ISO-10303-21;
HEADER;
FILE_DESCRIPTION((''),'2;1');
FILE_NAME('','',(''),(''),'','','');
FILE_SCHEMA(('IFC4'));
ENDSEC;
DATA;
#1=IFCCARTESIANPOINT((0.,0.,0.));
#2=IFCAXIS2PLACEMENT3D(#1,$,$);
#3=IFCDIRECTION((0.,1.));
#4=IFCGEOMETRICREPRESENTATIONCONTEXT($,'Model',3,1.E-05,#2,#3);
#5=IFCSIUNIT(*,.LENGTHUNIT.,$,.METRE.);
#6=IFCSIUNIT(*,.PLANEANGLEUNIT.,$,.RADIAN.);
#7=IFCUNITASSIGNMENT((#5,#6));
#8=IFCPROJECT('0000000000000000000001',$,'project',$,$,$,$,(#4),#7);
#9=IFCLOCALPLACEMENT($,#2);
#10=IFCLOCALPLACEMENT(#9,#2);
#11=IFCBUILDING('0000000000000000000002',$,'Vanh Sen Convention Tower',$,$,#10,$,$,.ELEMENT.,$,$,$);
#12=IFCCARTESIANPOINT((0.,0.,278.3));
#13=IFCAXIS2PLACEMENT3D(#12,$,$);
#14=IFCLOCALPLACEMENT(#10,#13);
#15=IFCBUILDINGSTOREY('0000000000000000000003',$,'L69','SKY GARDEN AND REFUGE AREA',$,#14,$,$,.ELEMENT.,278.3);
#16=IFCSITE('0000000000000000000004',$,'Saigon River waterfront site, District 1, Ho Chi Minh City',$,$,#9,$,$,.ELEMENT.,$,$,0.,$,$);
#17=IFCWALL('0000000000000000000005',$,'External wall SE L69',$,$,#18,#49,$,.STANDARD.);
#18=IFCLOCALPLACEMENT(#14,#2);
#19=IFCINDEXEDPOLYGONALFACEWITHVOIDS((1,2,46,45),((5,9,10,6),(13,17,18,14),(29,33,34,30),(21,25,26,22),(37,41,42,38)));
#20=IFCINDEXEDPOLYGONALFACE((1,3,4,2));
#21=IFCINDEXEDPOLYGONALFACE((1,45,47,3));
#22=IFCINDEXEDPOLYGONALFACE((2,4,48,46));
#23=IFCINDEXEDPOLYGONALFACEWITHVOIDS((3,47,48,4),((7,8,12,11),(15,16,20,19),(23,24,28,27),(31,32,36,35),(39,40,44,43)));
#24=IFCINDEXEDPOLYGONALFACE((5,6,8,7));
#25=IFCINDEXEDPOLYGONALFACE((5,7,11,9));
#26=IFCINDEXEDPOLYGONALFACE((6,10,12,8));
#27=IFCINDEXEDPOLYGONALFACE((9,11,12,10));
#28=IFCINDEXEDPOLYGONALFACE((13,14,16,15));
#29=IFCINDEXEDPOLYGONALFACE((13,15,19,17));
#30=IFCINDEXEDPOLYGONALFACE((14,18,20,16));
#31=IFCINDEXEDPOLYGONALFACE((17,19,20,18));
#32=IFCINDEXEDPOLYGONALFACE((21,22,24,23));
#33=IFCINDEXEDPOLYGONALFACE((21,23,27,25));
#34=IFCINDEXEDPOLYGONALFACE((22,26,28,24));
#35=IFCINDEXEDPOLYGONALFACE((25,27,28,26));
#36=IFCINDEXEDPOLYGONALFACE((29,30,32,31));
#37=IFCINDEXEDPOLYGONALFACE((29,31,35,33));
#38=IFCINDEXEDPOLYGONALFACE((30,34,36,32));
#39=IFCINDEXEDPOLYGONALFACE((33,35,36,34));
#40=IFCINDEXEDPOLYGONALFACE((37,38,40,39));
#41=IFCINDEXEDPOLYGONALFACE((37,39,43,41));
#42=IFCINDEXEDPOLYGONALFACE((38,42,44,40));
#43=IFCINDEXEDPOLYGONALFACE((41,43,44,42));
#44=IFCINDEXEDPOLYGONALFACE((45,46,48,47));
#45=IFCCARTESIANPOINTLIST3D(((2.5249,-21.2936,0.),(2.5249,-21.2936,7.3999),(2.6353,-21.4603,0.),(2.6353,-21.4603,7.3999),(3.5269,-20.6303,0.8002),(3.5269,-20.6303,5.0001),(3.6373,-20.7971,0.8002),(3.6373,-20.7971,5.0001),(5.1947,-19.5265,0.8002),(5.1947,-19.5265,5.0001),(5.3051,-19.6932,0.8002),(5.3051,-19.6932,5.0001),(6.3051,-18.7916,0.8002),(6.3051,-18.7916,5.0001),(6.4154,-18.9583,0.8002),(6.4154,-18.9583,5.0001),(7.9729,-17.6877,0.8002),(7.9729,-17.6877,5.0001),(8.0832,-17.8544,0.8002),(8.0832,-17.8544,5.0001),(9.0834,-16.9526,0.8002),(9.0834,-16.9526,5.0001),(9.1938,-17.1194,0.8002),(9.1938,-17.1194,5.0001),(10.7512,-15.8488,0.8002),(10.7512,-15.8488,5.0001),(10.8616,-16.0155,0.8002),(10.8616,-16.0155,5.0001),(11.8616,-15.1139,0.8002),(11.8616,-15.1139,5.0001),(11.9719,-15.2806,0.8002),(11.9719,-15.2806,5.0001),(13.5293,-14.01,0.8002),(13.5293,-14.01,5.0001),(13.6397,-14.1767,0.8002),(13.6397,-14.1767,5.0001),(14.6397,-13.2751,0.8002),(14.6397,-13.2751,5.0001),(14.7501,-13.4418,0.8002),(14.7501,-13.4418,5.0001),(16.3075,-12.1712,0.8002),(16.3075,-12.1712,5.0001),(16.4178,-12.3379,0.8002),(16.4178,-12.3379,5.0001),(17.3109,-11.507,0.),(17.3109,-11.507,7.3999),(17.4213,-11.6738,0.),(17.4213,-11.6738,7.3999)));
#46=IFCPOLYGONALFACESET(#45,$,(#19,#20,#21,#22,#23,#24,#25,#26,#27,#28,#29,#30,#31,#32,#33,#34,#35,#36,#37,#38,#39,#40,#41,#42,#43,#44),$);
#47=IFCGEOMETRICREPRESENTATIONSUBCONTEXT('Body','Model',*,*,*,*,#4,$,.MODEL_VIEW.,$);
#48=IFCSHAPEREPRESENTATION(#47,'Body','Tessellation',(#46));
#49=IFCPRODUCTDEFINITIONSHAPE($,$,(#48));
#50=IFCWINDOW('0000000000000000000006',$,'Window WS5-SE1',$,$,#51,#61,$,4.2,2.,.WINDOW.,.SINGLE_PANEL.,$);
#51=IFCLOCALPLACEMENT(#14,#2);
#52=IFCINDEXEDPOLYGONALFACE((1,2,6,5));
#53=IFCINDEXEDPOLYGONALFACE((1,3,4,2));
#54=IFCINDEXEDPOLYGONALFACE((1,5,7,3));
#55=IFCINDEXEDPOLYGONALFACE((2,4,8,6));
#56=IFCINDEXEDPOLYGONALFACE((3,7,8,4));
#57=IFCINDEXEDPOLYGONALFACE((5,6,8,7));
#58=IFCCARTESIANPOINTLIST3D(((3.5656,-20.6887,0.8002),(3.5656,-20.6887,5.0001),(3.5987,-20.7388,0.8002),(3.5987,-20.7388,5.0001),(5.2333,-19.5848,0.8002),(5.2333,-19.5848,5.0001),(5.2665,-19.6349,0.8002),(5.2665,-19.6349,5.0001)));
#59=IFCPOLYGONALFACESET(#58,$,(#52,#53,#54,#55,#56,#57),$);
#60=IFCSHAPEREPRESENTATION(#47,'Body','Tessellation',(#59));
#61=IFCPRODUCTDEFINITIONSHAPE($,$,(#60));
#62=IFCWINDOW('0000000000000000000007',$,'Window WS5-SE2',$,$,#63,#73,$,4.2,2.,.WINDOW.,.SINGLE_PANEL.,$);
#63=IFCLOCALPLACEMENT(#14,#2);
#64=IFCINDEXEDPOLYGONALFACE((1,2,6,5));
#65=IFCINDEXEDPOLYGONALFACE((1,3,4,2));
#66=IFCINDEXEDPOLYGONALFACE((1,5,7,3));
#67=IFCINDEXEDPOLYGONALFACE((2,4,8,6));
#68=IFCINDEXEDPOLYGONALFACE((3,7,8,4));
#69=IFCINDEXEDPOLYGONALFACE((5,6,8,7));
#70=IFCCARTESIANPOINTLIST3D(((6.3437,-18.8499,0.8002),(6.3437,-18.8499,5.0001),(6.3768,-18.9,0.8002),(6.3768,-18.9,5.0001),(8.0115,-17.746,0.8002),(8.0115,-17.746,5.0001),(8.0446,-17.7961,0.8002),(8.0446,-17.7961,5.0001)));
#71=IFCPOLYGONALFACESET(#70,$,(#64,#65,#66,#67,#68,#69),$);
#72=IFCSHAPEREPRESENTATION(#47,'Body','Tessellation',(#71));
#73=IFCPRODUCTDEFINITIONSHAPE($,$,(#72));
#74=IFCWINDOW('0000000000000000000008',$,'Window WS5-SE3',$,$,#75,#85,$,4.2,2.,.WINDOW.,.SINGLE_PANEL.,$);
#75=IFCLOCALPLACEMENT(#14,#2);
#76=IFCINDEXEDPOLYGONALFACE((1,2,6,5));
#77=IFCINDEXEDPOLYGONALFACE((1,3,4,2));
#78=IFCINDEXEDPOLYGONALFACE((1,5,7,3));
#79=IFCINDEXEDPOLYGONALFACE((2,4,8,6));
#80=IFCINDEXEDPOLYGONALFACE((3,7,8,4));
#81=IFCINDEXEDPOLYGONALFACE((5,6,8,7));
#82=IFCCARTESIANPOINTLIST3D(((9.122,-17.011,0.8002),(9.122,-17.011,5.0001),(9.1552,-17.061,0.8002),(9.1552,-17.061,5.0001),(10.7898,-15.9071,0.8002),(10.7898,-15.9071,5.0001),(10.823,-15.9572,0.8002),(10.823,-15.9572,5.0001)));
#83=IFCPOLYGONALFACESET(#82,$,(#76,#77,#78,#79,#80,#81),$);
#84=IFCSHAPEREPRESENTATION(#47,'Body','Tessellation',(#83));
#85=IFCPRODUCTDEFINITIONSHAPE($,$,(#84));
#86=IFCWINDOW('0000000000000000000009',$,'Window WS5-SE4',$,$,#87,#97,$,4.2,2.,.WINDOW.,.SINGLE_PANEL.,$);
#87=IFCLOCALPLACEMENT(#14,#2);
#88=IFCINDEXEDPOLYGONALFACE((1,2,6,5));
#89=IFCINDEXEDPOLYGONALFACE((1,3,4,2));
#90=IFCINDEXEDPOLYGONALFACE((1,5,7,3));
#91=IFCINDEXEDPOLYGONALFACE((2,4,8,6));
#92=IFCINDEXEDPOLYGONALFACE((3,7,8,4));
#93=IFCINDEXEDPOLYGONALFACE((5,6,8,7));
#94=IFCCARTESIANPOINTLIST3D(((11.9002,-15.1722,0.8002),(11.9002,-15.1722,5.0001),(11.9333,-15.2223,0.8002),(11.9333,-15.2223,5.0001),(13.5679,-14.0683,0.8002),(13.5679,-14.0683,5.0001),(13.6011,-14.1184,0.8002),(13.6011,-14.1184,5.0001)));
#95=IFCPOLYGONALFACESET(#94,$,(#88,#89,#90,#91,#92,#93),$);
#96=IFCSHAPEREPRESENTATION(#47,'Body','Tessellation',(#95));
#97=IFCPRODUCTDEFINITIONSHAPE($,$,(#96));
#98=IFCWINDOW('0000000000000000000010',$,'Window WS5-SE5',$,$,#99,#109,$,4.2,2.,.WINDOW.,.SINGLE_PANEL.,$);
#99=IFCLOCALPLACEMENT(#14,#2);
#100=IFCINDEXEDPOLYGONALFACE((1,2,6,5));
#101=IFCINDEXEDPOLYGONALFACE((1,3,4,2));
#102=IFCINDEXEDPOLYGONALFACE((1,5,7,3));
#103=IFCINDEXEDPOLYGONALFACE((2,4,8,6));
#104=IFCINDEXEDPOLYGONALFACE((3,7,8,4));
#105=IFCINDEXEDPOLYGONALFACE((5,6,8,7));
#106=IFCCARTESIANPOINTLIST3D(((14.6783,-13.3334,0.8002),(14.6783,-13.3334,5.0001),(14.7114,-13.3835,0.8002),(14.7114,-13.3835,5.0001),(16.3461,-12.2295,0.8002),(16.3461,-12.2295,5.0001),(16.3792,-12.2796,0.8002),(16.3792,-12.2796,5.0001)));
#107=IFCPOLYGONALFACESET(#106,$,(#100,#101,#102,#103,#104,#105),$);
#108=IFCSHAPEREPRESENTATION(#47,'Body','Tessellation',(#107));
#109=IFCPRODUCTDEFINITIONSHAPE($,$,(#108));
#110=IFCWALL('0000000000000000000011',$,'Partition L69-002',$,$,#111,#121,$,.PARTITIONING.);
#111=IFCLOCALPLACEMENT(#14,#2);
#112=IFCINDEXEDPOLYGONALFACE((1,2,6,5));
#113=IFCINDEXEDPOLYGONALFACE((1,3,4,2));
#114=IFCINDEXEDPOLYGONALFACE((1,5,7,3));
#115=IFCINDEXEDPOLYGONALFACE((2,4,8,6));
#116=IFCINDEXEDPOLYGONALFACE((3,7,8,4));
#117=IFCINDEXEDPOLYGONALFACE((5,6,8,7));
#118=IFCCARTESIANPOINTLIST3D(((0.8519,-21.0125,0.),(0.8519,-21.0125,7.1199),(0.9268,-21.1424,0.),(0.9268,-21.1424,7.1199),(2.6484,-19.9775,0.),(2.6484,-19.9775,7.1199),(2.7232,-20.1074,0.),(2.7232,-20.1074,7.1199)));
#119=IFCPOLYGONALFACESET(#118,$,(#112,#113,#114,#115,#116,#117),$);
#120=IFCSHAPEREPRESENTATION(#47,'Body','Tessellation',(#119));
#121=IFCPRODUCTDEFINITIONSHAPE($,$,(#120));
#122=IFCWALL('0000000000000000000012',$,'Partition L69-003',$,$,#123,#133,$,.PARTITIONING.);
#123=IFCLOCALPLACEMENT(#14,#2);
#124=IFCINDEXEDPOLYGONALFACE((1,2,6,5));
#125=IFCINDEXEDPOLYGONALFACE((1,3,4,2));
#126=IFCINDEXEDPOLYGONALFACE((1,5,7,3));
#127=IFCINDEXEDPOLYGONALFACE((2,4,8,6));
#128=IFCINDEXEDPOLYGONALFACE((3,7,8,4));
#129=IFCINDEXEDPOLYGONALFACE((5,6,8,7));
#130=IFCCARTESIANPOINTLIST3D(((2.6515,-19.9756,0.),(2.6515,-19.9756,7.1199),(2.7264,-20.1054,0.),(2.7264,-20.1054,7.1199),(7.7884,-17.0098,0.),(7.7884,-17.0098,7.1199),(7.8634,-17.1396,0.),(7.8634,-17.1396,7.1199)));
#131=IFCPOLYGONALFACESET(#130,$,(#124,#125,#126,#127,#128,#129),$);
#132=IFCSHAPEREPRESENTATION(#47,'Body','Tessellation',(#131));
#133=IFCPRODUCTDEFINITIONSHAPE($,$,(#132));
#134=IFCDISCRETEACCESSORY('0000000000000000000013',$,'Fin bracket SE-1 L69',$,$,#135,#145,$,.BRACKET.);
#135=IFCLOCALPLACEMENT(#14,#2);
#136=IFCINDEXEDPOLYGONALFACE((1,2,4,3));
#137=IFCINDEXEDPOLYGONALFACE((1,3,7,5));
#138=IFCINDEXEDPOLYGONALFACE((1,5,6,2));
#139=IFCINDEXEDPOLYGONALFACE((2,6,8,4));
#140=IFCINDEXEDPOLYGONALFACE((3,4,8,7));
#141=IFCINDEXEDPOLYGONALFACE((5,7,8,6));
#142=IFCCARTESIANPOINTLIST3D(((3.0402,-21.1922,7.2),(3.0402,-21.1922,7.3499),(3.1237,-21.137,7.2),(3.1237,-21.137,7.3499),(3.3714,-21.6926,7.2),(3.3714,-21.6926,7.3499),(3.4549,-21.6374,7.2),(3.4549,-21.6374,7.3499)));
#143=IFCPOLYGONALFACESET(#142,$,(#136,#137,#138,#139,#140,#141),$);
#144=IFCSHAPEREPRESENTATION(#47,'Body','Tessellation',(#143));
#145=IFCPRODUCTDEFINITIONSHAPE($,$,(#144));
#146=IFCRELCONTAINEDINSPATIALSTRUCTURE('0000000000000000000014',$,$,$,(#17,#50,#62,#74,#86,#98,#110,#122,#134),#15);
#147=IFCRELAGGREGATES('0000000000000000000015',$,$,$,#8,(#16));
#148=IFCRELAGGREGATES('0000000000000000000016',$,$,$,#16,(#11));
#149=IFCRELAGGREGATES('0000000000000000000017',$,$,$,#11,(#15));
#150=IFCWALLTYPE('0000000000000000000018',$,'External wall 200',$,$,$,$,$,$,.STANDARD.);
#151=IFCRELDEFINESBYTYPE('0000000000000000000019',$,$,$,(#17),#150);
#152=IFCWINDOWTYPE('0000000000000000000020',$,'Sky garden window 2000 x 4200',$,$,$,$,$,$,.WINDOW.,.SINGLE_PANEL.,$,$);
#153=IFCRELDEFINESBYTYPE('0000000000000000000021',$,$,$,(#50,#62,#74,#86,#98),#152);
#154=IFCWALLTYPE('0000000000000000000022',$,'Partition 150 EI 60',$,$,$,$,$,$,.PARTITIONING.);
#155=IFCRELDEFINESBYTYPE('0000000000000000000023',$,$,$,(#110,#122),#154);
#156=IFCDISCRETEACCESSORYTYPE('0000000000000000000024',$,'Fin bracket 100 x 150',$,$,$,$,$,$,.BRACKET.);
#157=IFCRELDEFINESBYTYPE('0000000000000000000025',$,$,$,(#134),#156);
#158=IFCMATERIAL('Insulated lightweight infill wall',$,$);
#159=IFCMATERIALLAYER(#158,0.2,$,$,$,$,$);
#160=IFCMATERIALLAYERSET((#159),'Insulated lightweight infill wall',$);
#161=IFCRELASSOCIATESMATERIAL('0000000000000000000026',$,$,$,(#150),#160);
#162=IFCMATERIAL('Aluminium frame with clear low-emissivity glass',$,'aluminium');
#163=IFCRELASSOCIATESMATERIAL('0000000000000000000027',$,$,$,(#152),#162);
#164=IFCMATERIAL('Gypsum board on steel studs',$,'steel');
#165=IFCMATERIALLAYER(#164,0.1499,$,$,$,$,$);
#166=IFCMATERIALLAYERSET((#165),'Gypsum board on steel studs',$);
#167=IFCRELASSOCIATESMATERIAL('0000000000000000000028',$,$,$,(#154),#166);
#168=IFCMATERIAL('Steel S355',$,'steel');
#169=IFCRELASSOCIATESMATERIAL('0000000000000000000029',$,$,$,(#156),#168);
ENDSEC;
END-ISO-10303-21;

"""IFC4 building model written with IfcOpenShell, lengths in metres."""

from ifc_helpers import new_model, si_unit, direction, frame, frame_2d, origin, origin_2d, place, context, subcontext, project, spatial, rectangle, extrude, material, layer, layer_set, type_object, element, fill, save


model = new_model("IFC4")

# Units and contexts
model_context = context("Model", 3, precision=1e-05, world=origin(), true_north=direction((0.0, 1.0)))
body_context = subcontext(model_context, "Body", "Model", "MODEL_VIEW")
ifc_project = project(units=[si_unit("LENGTHUNIT", "METRE"), si_unit("PLANEANGLEUNIT", "RADIAN")], contexts=[model_context])

# Site, building, storey
site_placement = place(None, origin())
site = spatial("IfcSite", under=ifc_project, at=site_placement, Name="Saigon River waterfront site, District 1, Ho Chi Minh City", CompositionType="ELEMENT", RefElevation=0.0)
building_placement = place(site_placement, origin())
building = spatial("IfcBuilding", under=site, at=building_placement, Name="Vanh Sen Convention Tower", CompositionType="ELEMENT")
storey_placement = place(building_placement, frame((0.0, 0.0, 278.3)))
storey = spatial("IfcBuildingStorey", under=building, at=storey_placement, Name="L69", Description="SKY GARDEN AND REFUGE AREA", CompositionType="ELEMENT", Elevation=278.3)

# Wall, openings, windows
ifc_material_1 = material(Name="Insulated lightweight infill wall")
ifc_layer_1 = layer(ifc_material_1, 0.2)
ifc_layer_set_1 = layer_set([ifc_layer_1], Name="Insulated lightweight infill wall")
wall_type_1 = type_object("IfcWallType", Name="External wall 200", PredefinedType="STANDARD", material=ifc_layer_set_1)
wall_1_placement = place(storey_placement, frame((2.5801, -21.377, 0.0), z_axis=(0.0, 0.0, 1.0), x_axis=(0.833889, 0.551933, 0.0)))
wall_1 = element("IfcWall", 1, at=wall_1_placement, inside=storey, type_object=wall_type_1, Name="External wall SE L69", PredefinedType="STANDARD", context=body_context, shape_type="SweptSolid", body=[
    extrude(rectangle(XDim=17.7314, YDim=0.2, at=frame_2d((8.8657, 0.0))), origin(), (0.0, 0.0, 1.0), 7.3999),
])
opening_1_placement = place(wall_1_placement, frame((1.2017, 0.0, 0.8)))
opening_1 = element("IfcOpeningElement", 2, at=opening_1_placement, cuts=wall_1, PredefinedType="OPENING", context=body_context, shape_type="SweptSolid", body=[
    extrude(rectangle(XDim=2.0, YDim=4.2, at=frame_2d((1.0, 2.1001))), frame((0.0, 0.1099, 0.0), z_axis=(0.0, -1.0, 0.0), x_axis=(1.0, 0.0, 0.0)), (0.0, 0.0, 1.0), 0.22),
])
opening_2_placement = place(wall_1_placement, frame((4.5332, 0.0, 0.8)))
opening_2 = element("IfcOpeningElement", 3, at=opening_2_placement, cuts=wall_1, PredefinedType="OPENING", context=body_context, shape_type="SweptSolid", body=[
    extrude(rectangle(XDim=2.0, YDim=4.2, at=frame_2d((1.0, 2.1001))), frame((0.0, 0.1099, 0.0), z_axis=(0.0, -1.0, 0.0), x_axis=(1.0, 0.0, 0.0)), (0.0, 0.0, 1.0), 0.22),
])
opening_3_placement = place(wall_1_placement, frame((7.865, 0.0, 0.8)))
opening_3 = element("IfcOpeningElement", 4, at=opening_3_placement, cuts=wall_1, PredefinedType="OPENING", context=body_context, shape_type="SweptSolid", body=[
    extrude(rectangle(XDim=2.0, YDim=4.2, at=frame_2d((1.0, 2.1001))), frame((0.0, 0.1099, 0.0), z_axis=(0.0, -1.0, 0.0), x_axis=(1.0, 0.0, 0.0)), (0.0, 0.0, 1.0), 0.22),
])
opening_4_placement = place(wall_1_placement, frame((11.1965, 0.0, 0.8)))
opening_4 = element("IfcOpeningElement", 5, at=opening_4_placement, cuts=wall_1, PredefinedType="OPENING", context=body_context, shape_type="SweptSolid", body=[
    extrude(rectangle(XDim=2.0, YDim=4.2, at=frame_2d((1.0, 2.1001))), frame((0.0, 0.1099, 0.0), z_axis=(0.0, -1.0, 0.0), x_axis=(1.0, 0.0, 0.0)), (0.0, 0.0, 1.0), 0.22),
])
opening_5_placement = place(wall_1_placement, frame((14.5281, 0.0, 0.8)))
opening_5 = element("IfcOpeningElement", 6, at=opening_5_placement, cuts=wall_1, PredefinedType="OPENING", context=body_context, shape_type="SweptSolid", body=[
    extrude(rectangle(XDim=2.0, YDim=4.2, at=frame_2d((1.0, 2.1001))), frame((0.0, 0.1099, 0.0), z_axis=(0.0, -1.0, 0.0), x_axis=(1.0, 0.0, 0.0)), (0.0, 0.0, 1.0), 0.22),
])
ifc_material_2 = material(Name="Aluminium frame with clear low-emissivity glass", Category="aluminium")
window_type = type_object("IfcWindowType", Name="Sky garden window 2000 x 4200", PartitioningType="SINGLE_PANEL", PredefinedType="WINDOW", material=ifc_material_2)
window_1_placement = place(opening_1_placement, origin())
window_1 = element("IfcWindow", 7, at=window_1_placement, inside=storey, type_object=window_type, Name="Window WS5-SE1", OverallHeight=4.2, OverallWidth=2.0, PartitioningType="SINGLE_PANEL", PredefinedType="WINDOW", context=body_context, shape_type="SweptSolid", body=[
    extrude(rectangle(XDim=2.0, YDim=4.2, at=frame_2d((1.0, 2.1001))), frame((0.0, 0.03, 0.0), z_axis=(0.0, -1.0, 0.0), x_axis=(1.0, 0.0, 0.0)), (0.0, 0.0, 1.0), 0.0601),
])
fill(opening_1, window_1)
window_2_placement = place(opening_2_placement, origin())
window_2 = element("IfcWindow", 8, at=window_2_placement, inside=storey, type_object=window_type, Name="Window WS5-SE2", OverallHeight=4.2, OverallWidth=2.0, PartitioningType="SINGLE_PANEL", PredefinedType="WINDOW", context=body_context, shape_type="SweptSolid", body=[
    extrude(rectangle(XDim=2.0, YDim=4.2, at=frame_2d((1.0, 2.1001))), frame((0.0, 0.03, 0.0), z_axis=(0.0, -1.0, 0.0), x_axis=(1.0, 0.0, 0.0)), (0.0, 0.0, 1.0), 0.0601),
])
fill(opening_2, window_2)
window_3_placement = place(opening_3_placement, origin())
window_3 = element("IfcWindow", 9, at=window_3_placement, inside=storey, type_object=window_type, Name="Window WS5-SE3", OverallHeight=4.2, OverallWidth=2.0, PartitioningType="SINGLE_PANEL", PredefinedType="WINDOW", context=body_context, shape_type="SweptSolid", body=[
    extrude(rectangle(XDim=2.0, YDim=4.2, at=frame_2d((1.0, 2.1001))), frame((0.0, 0.03, 0.0), z_axis=(0.0, -1.0, 0.0), x_axis=(1.0, 0.0, 0.0)), (0.0, 0.0, 1.0), 0.0601),
])
fill(opening_3, window_3)
window_4_placement = place(opening_4_placement, origin())
window_4 = element("IfcWindow", 10, at=window_4_placement, inside=storey, type_object=window_type, Name="Window WS5-SE4", OverallHeight=4.2, OverallWidth=2.0, PartitioningType="SINGLE_PANEL", PredefinedType="WINDOW", context=body_context, shape_type="SweptSolid", body=[
    extrude(rectangle(XDim=2.0, YDim=4.2, at=frame_2d((1.0, 2.1001))), frame((0.0, 0.03, 0.0), z_axis=(0.0, -1.0, 0.0), x_axis=(1.0, 0.0, 0.0)), (0.0, 0.0, 1.0), 0.0601),
])
fill(opening_4, window_4)
window_5_placement = place(opening_5_placement, origin())
window_5 = element("IfcWindow", 11, at=window_5_placement, inside=storey, type_object=window_type, Name="Window WS5-SE5", OverallHeight=4.2, OverallWidth=2.0, PartitioningType="SINGLE_PANEL", PredefinedType="WINDOW", context=body_context, shape_type="SweptSolid", body=[
    extrude(rectangle(XDim=2.0, YDim=4.2, at=frame_2d((1.0, 2.1001))), frame((0.0, 0.03, 0.0), z_axis=(0.0, -1.0, 0.0), x_axis=(1.0, 0.0, 0.0)), (0.0, 0.0, 1.0), 0.0601),
])
fill(opening_5, window_5)

# Walls
ifc_material_3 = material(Name="Gypsum board on steel studs", Category="steel")
ifc_layer_2 = layer(ifc_material_3, 0.1499)
ifc_layer_set_2 = layer_set([ifc_layer_2], Name="Gypsum board on steel studs")
wall_type_2 = type_object("IfcWallType", Name="Partition 150 EI 60", PredefinedType="PARTITIONING", material=ifc_layer_set_2)
wall_2_placement = place(storey_placement, frame((2.6858, -20.0425, 0.0), z_axis=(0.0, 0.0, 1.0), x_axis=(-0.866491, -0.499192, 0.0)))
element("IfcWall", 12, at=wall_2_placement, inside=storey, type_object=wall_type_2, Name="Partition L69-002", PredefinedType="PARTITIONING", context=body_context, shape_type="SweptSolid", body=[
    extrude(rectangle(XDim=2.0732, YDim=0.1499, at=frame_2d((1.0366, 0.0))), origin(), (0.0, 0.0, 1.0), 7.1199),
])
wall_3_placement = place(storey_placement, frame((2.689, -20.0405, 0.0), z_axis=(0.0, 0.0, 1.0), x_axis=(0.866026, 0.499999, 0.0)))
element("IfcWall", 13, at=wall_3_placement, inside=storey, type_object=wall_type_2, Name="Partition L69-003", PredefinedType="PARTITIONING", context=body_context, shape_type="SweptSolid", body=[
    extrude(rectangle(XDim=5.9316, YDim=0.1499, at=frame_2d((2.9658, 0.0))), origin(), (0.0, 0.0, 1.0), 7.1199),
])

# Discrete accessory
ifc_material_4 = material(Name="Steel S355", Category="steel")
discrete_accessory_type = type_object("IfcDiscreteAccessoryType", Name="Fin bracket 100 x 150", PredefinedType="BRACKET", material=ifc_material_4)
discrete_accessory_placement = place(storey_placement, frame((3.2476, -21.4148, 7.2), z_axis=(0.0, 0.0, 1.0), x_axis=(0.551937, -0.833886, 0.0)))
element("IfcDiscreteAccessory", 14, at=discrete_accessory_placement, inside=storey, type_object=discrete_accessory_type, Name="Fin bracket SE-1 L69", PredefinedType="BRACKET", context=body_context, shape_type="SweptSolid", body=[
    extrude(rectangle(XDim=0.6001, YDim=0.1001, at=origin_2d()), origin(), (0.0, 0.0, 1.0), 0.1499),
])

save(model, "model.ifc")
